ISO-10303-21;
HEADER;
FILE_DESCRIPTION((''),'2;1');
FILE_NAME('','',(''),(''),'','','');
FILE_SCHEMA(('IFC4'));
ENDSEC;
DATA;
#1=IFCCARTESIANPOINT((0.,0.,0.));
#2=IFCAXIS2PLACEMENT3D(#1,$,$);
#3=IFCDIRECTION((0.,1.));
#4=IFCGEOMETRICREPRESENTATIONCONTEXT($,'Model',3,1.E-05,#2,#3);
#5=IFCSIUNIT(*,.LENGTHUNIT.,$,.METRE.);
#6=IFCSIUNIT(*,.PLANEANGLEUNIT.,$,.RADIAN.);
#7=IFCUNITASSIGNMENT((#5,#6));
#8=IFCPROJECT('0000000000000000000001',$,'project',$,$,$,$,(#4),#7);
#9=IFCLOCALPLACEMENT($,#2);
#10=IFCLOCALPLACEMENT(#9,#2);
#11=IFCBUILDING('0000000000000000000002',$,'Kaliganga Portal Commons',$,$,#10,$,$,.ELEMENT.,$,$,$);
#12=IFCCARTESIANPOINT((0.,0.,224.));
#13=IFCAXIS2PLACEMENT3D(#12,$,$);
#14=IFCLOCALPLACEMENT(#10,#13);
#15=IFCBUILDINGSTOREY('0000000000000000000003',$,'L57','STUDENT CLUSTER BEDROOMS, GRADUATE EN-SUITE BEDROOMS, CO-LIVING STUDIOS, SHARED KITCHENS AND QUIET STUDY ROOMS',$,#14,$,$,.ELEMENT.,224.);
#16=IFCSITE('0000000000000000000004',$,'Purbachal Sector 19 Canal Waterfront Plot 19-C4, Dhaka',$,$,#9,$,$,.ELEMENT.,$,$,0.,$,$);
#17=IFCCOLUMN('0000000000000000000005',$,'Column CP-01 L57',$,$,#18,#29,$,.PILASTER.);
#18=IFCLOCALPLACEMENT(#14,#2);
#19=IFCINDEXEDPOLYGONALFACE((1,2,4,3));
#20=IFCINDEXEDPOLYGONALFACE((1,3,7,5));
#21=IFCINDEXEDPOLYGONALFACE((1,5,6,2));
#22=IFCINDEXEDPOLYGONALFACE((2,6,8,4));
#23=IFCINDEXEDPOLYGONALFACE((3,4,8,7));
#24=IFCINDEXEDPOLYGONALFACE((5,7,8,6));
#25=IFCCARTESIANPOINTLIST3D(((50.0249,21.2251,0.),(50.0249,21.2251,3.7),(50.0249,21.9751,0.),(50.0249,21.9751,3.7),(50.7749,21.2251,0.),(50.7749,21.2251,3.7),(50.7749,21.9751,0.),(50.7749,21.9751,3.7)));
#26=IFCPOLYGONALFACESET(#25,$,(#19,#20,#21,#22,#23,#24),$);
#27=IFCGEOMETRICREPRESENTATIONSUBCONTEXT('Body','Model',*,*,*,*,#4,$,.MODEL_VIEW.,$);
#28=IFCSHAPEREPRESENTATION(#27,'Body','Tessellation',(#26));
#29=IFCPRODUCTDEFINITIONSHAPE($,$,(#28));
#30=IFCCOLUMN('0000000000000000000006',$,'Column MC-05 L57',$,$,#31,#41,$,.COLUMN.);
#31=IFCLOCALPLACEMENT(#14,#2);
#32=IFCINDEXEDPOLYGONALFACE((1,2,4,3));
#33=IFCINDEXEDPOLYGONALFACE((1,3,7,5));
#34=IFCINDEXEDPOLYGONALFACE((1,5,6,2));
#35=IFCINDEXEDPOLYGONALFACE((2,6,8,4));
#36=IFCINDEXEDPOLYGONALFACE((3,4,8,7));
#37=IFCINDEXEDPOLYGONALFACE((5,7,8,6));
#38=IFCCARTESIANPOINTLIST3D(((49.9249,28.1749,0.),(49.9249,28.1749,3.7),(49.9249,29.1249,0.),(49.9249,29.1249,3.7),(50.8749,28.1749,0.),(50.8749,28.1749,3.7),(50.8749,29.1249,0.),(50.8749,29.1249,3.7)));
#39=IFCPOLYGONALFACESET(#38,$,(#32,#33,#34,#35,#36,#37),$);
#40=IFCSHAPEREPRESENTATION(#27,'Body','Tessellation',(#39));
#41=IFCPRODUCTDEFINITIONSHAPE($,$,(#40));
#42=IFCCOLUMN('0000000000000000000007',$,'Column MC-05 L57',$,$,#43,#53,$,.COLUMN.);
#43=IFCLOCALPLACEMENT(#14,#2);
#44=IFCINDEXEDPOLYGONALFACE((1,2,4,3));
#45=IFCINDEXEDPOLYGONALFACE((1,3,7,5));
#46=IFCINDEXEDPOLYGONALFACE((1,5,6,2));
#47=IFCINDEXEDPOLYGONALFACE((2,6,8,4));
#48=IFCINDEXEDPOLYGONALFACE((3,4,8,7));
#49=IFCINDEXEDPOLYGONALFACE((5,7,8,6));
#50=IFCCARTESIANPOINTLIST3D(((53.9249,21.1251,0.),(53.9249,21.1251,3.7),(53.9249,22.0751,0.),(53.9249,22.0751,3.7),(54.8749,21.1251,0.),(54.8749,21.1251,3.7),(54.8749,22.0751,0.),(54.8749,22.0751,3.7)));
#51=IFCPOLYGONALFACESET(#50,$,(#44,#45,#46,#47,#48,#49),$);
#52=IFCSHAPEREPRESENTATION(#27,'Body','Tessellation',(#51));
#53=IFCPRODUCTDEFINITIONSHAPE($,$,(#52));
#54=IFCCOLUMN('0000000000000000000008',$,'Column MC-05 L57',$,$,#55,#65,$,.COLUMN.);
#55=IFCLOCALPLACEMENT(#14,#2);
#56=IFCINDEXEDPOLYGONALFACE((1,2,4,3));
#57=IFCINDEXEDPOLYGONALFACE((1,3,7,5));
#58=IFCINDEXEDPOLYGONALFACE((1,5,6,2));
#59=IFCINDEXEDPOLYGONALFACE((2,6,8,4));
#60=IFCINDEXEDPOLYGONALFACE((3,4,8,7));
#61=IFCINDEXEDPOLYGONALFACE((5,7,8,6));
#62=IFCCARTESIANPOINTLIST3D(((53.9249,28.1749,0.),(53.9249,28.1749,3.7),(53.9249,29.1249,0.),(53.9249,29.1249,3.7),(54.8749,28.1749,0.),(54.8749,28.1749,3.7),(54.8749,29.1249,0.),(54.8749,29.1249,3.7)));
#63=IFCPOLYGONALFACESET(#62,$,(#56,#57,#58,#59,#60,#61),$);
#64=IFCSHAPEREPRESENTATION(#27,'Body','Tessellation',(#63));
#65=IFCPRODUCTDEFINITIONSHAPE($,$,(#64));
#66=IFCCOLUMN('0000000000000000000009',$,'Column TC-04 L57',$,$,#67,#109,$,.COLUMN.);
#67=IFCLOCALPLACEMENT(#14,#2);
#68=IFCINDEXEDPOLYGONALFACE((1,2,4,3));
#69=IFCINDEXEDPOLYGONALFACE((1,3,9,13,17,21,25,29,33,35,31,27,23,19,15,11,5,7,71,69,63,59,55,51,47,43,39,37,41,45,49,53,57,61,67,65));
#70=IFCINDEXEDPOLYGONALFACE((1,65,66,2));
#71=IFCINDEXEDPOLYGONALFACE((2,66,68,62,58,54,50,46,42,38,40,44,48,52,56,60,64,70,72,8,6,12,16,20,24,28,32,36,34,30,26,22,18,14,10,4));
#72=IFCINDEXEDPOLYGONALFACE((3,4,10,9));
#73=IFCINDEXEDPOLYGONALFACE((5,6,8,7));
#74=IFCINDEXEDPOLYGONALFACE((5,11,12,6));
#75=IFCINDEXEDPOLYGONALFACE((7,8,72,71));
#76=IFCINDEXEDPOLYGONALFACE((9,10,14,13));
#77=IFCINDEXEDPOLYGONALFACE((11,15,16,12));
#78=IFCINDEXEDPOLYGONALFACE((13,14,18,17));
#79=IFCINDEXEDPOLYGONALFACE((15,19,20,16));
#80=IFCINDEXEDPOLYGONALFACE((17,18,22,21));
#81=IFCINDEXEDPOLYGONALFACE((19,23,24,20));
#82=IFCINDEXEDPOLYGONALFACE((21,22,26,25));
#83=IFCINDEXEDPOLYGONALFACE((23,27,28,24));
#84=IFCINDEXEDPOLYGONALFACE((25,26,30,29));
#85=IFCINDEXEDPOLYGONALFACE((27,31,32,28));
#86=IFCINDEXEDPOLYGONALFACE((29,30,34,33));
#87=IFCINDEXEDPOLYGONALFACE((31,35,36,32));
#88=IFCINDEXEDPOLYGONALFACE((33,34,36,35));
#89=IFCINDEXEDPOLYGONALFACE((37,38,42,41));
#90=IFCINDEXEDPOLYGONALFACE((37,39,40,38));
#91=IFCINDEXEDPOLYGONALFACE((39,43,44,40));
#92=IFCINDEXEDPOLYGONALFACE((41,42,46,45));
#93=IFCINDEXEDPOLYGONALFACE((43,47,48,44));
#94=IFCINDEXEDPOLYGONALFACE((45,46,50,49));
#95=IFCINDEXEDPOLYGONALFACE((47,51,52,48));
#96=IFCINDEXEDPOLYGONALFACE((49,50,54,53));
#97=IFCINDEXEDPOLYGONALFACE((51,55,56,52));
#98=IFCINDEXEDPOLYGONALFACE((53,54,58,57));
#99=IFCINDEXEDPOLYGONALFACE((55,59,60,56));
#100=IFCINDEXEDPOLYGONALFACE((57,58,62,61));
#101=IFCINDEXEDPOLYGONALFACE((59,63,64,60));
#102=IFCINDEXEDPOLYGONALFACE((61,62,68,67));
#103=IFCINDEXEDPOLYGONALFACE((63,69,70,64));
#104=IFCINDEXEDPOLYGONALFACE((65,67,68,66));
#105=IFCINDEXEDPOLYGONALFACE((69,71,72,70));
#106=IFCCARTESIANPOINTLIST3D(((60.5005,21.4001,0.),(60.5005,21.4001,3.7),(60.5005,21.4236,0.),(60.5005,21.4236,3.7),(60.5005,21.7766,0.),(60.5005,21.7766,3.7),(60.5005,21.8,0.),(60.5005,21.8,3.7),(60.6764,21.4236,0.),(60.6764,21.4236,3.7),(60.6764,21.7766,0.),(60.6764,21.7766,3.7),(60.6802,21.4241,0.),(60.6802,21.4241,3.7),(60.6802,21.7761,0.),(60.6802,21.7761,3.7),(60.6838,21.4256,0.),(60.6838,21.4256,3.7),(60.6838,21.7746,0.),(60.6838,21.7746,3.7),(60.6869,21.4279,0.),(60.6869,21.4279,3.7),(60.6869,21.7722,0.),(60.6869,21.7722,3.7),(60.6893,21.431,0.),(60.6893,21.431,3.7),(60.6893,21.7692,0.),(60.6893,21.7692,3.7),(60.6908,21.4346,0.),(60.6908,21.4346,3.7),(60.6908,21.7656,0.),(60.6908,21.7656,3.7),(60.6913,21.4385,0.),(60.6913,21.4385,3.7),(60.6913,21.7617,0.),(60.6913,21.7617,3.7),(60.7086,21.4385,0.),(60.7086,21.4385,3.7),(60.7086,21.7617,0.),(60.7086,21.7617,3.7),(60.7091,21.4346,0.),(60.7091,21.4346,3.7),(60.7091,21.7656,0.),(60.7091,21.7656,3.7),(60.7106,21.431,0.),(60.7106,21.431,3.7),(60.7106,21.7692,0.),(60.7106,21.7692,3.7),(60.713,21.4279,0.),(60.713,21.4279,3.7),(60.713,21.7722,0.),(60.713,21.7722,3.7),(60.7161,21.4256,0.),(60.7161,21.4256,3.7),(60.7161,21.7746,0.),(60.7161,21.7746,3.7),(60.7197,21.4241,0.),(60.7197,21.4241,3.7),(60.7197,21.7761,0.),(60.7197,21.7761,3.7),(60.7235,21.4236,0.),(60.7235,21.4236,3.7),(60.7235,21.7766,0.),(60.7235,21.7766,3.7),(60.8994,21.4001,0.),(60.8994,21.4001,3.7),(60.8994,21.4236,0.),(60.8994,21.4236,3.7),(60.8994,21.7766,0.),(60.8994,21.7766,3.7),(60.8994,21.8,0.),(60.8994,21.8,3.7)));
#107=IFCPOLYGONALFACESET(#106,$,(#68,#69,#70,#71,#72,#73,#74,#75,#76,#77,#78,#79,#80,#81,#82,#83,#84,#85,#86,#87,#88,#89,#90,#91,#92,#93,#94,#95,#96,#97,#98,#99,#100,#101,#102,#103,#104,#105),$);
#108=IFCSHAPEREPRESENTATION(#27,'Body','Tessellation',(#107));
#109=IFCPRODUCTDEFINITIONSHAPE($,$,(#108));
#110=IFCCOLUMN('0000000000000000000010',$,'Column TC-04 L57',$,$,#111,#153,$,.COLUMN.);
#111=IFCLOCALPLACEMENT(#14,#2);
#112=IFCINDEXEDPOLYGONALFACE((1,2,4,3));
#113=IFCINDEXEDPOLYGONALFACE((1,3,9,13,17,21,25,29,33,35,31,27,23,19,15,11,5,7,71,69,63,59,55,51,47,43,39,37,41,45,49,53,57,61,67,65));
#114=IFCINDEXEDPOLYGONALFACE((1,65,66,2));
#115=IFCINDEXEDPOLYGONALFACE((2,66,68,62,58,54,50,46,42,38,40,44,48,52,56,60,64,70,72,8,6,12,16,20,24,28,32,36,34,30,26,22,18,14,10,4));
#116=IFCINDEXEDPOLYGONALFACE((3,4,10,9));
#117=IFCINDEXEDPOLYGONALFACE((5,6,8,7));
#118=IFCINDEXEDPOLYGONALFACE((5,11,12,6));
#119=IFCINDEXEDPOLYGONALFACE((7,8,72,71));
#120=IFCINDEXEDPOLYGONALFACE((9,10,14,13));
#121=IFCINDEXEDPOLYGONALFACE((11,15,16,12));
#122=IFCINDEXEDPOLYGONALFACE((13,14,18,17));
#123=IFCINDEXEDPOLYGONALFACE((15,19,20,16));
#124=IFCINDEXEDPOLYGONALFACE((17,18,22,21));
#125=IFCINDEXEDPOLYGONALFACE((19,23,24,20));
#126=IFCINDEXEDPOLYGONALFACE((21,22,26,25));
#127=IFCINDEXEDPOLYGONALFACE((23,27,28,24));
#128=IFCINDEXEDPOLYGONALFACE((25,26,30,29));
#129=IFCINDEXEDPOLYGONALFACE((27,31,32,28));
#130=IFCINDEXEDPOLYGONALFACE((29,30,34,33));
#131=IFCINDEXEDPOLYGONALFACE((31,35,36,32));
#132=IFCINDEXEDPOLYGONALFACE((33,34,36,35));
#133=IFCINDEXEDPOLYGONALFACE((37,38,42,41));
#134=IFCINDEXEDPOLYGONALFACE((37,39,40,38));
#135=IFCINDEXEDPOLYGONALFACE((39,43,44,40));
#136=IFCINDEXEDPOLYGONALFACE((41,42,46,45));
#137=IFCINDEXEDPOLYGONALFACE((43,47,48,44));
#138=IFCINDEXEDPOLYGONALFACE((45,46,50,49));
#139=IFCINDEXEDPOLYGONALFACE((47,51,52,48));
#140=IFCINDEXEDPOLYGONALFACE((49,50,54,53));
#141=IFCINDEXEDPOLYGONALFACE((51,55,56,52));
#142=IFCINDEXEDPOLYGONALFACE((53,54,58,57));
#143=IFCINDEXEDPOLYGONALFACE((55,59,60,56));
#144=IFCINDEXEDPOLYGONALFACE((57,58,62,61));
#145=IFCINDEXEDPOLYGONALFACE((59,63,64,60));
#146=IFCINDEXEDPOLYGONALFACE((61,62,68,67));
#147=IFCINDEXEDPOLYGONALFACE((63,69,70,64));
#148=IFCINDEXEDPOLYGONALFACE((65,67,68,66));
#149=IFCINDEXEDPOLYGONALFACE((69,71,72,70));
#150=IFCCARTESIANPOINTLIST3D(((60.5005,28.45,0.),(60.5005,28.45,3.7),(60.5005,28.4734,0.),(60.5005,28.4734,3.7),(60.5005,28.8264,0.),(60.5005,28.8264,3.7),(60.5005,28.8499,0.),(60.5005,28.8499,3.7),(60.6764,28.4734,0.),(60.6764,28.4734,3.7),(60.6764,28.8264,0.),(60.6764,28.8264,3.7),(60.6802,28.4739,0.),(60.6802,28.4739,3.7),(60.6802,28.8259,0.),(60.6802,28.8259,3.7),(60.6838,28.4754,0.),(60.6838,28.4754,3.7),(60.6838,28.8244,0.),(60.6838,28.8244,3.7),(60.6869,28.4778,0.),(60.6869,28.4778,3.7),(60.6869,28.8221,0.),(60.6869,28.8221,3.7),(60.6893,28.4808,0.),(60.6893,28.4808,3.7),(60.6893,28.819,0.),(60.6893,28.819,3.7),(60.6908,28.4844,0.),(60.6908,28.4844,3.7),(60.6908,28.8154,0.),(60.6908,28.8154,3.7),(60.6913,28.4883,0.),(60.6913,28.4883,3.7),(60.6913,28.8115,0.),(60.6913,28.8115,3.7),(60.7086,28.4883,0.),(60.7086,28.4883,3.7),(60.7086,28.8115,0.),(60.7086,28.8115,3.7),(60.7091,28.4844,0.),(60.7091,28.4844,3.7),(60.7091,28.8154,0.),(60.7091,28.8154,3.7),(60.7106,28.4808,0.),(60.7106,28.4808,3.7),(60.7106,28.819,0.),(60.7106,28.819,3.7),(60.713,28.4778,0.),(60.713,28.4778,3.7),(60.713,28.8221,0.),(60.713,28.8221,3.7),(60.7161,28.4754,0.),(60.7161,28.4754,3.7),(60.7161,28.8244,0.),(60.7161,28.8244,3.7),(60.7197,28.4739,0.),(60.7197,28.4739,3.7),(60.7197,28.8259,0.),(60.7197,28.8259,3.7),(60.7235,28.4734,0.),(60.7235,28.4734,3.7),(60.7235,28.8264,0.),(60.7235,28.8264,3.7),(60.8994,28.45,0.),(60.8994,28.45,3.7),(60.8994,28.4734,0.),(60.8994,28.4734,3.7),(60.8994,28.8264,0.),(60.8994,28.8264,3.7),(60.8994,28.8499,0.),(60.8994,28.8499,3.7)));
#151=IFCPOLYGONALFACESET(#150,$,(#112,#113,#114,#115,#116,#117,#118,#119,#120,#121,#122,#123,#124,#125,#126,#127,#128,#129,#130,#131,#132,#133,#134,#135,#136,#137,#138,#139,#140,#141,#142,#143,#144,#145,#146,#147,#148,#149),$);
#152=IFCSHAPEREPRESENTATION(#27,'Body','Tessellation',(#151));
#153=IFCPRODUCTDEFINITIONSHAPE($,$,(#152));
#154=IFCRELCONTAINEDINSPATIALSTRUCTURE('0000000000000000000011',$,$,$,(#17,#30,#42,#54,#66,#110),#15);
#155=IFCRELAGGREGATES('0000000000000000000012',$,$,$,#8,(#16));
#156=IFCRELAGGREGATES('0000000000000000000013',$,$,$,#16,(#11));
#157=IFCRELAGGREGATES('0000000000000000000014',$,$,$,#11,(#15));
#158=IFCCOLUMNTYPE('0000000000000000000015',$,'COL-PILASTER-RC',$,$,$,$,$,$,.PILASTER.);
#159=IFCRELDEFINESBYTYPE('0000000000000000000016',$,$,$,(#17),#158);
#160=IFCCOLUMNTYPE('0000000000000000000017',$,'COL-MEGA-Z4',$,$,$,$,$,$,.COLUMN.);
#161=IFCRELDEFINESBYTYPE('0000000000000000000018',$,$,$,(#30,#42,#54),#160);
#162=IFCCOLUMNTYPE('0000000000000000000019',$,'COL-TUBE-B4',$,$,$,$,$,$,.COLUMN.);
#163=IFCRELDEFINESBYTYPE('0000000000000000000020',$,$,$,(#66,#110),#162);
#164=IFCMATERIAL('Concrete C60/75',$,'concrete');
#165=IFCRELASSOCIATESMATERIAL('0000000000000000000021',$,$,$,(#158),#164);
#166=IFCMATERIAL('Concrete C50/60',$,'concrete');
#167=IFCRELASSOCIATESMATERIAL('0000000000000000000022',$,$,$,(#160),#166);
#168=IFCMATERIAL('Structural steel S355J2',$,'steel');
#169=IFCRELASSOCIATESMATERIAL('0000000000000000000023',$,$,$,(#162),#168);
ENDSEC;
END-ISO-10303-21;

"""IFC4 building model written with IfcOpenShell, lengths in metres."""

from ifc_helpers import new_model, si_unit, direction, frame, origin, origin_2d, place, context, subcontext, project, spatial, rectangle, i_section, extrude, source, transform, mapped, material, material_profile, profile_set, type_object, element, save


model = new_model("IFC4")

# Units and contexts
model_context = context("Model", 3, precision=1e-05, world=origin(), true_north=direction((0.0, 1.0)))
body_context = subcontext(model_context, "Body", "Model", "MODEL_VIEW")
ifc_project = project(units=[si_unit("LENGTHUNIT", "METRE"), si_unit("PLANEANGLEUNIT", "RADIAN")], contexts=[model_context])

# Site, building, storey
site_placement = place(None, origin())
site = spatial("IfcSite", under=ifc_project, at=site_placement, Name="Purbachal Sector 19 Canal Waterfront Plot 19-C4, Dhaka", CompositionType="ELEMENT", RefElevation=0.0)
building_placement = place(site_placement, origin())
building = spatial("IfcBuilding", under=site, at=building_placement, Name="Kaliganga Portal Commons", CompositionType="ELEMENT")
storey_placement = place(building_placement, frame((0.0, 0.0, 224.0)))
storey = spatial("IfcBuildingStorey", under=building, at=storey_placement, Name="L57", Description="STUDENT CLUSTER BEDROOMS, GRADUATE EN-SUITE BEDROOMS, CO-LIVING STUDIOS, SHARED KITCHENS AND QUIET STUDY ROOMS", CompositionType="ELEMENT", Elevation=224.0)

# Columns
ifc_material_1 = material(Name="Concrete C60/75", Category="concrete")
ifc_material_profile_1 = material_profile(ifc_material_1, rectangle(XDim=0.75, YDim=0.75, at=origin_2d()), Name="RC 750x750")
ifc_profile_set_1 = profile_set([ifc_material_profile_1], Name="Concrete C60/75")
column_type_1 = type_object("IfcColumnType", Name="COL-PILASTER-RC", PredefinedType="PILASTER", material=ifc_profile_set_1)
shared_shape_1 = source(origin(), body_context, "Body", "SweptSolid", [
    extrude(rectangle(XDim=0.75, YDim=0.75, at=origin_2d()), origin(), (0.0, 0.0, 1.0), 3.7),
])
column_placement = place(storey_placement, frame((50.3999, 21.6001, 0.0), z_axis=(0.0, 0.0, 1.0), x_axis=(1.0, 0.0, 0.0)))
element("IfcColumn", 1, at=column_placement, inside=storey, type_object=column_type_1, Name="Column CP-01 L57", PredefinedType="PILASTER", context=body_context, shape_type="MappedRepresentation", body=[
    mapped(shared_shape_1, transform((0.0, 0.0, 0.0), x_axis=(1.0, 0.0, 0.0), y_axis=(0.0, 1.0, 0.0), z_axis=(0.0, 0.0, 1.0), scale=1.0)),
])
ifc_material_2 = material(Name="Concrete C50/60", Category="concrete")
ifc_material_profile_2 = material_profile(ifc_material_2, rectangle(XDim=0.95, YDim=0.95, at=origin_2d()), Name="RC 950x950")
ifc_profile_set_2 = profile_set([ifc_material_profile_2], Name="Concrete C50/60")
column_type_2 = type_object("IfcColumnType", Name="COL-MEGA-Z4", PredefinedType="COLUMN", material=ifc_profile_set_2)
shared_shape_2 = source(origin(), body_context, "Body", "SweptSolid", [
    extrude(rectangle(XDim=0.95, YDim=0.95, at=origin_2d()), origin(), (0.0, 0.0, 1.0), 3.7),
])
for number, where, z_axis, x_axis, name in (
    (2, (50.3999, 28.6499, 0.0), (0.0, 0.0, 1.0), (1.0, 0.0, 0.0), "Column MC-05 L57"),
    (3, (54.3999, 21.6001, 0.0), (0.0, 0.0, 1.0), (1.0, 0.0, 0.0), "Column MC-05 L57"),
    (4, (54.3999, 28.6499, 0.0), (0.0, 0.0, 1.0), (1.0, 0.0, 0.0), "Column MC-05 L57"),
):
    element("IfcColumn", number, at=place(storey_placement, frame(where, z_axis=z_axis, x_axis=x_axis)), inside=storey, type_object=column_type_2, Name=name, PredefinedType="COLUMN", context=body_context, shape_type="MappedRepresentation", body=[
        mapped(shared_shape_2, transform((0.0, 0.0, 0.0), x_axis=(1.0, 0.0, 0.0), y_axis=(0.0, 1.0, 0.0), z_axis=(0.0, 0.0, 1.0), scale=1.0)),
    ])
ifc_material_3 = material(Name="Structural steel S355J2", Category="steel")
ifc_material_profile_3 = material_profile(ifc_material_3, i_section(OverallWidth=0.3989, OverallDepth=0.3999, WebThickness=0.0173, FlangeThickness=0.0234, FilletRadius=0.0149, at=origin_2d()), Name="HD 400x287")
ifc_profile_set_3 = profile_set([ifc_material_profile_3], Name="Structural steel S355J2 wide-flange")
column_type_3 = type_object("IfcColumnType", Name="COL-TUBE-B4", PredefinedType="COLUMN", material=ifc_profile_set_3)
shared_shape_3 = source(origin(), body_context, "Body", "SweptSolid", [
    extrude(i_section(OverallWidth=0.3989, OverallDepth=0.3999, WebThickness=0.0173, FlangeThickness=0.0234, FilletRadius=0.0149, at=origin_2d()), origin(), (0.0, 0.0, 1.0), 3.7),
])
for number, where, z_axis, x_axis, name in (
    (5, (60.7, 21.6001, 0.0), (0.0, 0.0, 1.0), (1.0, 0.0, 0.0), "Column TC-04 L57"),
    (6, (60.7, 28.6499, 0.0), (0.0, 0.0, 1.0), (1.0, 0.0, 0.0), "Column TC-04 L57"),
):
    element("IfcColumn", number, at=place(storey_placement, frame(where, z_axis=z_axis, x_axis=x_axis)), inside=storey, type_object=column_type_3, Name=name, PredefinedType="COLUMN", context=body_context, shape_type="MappedRepresentation", body=[
        mapped(shared_shape_3, transform((0.0, 0.0, 0.0), x_axis=(1.0, 0.0, 0.0), y_axis=(0.0, 1.0, 0.0), z_axis=(0.0, 0.0, 1.0), scale=1.0)),
    ])

save(model, "model.ifc")
